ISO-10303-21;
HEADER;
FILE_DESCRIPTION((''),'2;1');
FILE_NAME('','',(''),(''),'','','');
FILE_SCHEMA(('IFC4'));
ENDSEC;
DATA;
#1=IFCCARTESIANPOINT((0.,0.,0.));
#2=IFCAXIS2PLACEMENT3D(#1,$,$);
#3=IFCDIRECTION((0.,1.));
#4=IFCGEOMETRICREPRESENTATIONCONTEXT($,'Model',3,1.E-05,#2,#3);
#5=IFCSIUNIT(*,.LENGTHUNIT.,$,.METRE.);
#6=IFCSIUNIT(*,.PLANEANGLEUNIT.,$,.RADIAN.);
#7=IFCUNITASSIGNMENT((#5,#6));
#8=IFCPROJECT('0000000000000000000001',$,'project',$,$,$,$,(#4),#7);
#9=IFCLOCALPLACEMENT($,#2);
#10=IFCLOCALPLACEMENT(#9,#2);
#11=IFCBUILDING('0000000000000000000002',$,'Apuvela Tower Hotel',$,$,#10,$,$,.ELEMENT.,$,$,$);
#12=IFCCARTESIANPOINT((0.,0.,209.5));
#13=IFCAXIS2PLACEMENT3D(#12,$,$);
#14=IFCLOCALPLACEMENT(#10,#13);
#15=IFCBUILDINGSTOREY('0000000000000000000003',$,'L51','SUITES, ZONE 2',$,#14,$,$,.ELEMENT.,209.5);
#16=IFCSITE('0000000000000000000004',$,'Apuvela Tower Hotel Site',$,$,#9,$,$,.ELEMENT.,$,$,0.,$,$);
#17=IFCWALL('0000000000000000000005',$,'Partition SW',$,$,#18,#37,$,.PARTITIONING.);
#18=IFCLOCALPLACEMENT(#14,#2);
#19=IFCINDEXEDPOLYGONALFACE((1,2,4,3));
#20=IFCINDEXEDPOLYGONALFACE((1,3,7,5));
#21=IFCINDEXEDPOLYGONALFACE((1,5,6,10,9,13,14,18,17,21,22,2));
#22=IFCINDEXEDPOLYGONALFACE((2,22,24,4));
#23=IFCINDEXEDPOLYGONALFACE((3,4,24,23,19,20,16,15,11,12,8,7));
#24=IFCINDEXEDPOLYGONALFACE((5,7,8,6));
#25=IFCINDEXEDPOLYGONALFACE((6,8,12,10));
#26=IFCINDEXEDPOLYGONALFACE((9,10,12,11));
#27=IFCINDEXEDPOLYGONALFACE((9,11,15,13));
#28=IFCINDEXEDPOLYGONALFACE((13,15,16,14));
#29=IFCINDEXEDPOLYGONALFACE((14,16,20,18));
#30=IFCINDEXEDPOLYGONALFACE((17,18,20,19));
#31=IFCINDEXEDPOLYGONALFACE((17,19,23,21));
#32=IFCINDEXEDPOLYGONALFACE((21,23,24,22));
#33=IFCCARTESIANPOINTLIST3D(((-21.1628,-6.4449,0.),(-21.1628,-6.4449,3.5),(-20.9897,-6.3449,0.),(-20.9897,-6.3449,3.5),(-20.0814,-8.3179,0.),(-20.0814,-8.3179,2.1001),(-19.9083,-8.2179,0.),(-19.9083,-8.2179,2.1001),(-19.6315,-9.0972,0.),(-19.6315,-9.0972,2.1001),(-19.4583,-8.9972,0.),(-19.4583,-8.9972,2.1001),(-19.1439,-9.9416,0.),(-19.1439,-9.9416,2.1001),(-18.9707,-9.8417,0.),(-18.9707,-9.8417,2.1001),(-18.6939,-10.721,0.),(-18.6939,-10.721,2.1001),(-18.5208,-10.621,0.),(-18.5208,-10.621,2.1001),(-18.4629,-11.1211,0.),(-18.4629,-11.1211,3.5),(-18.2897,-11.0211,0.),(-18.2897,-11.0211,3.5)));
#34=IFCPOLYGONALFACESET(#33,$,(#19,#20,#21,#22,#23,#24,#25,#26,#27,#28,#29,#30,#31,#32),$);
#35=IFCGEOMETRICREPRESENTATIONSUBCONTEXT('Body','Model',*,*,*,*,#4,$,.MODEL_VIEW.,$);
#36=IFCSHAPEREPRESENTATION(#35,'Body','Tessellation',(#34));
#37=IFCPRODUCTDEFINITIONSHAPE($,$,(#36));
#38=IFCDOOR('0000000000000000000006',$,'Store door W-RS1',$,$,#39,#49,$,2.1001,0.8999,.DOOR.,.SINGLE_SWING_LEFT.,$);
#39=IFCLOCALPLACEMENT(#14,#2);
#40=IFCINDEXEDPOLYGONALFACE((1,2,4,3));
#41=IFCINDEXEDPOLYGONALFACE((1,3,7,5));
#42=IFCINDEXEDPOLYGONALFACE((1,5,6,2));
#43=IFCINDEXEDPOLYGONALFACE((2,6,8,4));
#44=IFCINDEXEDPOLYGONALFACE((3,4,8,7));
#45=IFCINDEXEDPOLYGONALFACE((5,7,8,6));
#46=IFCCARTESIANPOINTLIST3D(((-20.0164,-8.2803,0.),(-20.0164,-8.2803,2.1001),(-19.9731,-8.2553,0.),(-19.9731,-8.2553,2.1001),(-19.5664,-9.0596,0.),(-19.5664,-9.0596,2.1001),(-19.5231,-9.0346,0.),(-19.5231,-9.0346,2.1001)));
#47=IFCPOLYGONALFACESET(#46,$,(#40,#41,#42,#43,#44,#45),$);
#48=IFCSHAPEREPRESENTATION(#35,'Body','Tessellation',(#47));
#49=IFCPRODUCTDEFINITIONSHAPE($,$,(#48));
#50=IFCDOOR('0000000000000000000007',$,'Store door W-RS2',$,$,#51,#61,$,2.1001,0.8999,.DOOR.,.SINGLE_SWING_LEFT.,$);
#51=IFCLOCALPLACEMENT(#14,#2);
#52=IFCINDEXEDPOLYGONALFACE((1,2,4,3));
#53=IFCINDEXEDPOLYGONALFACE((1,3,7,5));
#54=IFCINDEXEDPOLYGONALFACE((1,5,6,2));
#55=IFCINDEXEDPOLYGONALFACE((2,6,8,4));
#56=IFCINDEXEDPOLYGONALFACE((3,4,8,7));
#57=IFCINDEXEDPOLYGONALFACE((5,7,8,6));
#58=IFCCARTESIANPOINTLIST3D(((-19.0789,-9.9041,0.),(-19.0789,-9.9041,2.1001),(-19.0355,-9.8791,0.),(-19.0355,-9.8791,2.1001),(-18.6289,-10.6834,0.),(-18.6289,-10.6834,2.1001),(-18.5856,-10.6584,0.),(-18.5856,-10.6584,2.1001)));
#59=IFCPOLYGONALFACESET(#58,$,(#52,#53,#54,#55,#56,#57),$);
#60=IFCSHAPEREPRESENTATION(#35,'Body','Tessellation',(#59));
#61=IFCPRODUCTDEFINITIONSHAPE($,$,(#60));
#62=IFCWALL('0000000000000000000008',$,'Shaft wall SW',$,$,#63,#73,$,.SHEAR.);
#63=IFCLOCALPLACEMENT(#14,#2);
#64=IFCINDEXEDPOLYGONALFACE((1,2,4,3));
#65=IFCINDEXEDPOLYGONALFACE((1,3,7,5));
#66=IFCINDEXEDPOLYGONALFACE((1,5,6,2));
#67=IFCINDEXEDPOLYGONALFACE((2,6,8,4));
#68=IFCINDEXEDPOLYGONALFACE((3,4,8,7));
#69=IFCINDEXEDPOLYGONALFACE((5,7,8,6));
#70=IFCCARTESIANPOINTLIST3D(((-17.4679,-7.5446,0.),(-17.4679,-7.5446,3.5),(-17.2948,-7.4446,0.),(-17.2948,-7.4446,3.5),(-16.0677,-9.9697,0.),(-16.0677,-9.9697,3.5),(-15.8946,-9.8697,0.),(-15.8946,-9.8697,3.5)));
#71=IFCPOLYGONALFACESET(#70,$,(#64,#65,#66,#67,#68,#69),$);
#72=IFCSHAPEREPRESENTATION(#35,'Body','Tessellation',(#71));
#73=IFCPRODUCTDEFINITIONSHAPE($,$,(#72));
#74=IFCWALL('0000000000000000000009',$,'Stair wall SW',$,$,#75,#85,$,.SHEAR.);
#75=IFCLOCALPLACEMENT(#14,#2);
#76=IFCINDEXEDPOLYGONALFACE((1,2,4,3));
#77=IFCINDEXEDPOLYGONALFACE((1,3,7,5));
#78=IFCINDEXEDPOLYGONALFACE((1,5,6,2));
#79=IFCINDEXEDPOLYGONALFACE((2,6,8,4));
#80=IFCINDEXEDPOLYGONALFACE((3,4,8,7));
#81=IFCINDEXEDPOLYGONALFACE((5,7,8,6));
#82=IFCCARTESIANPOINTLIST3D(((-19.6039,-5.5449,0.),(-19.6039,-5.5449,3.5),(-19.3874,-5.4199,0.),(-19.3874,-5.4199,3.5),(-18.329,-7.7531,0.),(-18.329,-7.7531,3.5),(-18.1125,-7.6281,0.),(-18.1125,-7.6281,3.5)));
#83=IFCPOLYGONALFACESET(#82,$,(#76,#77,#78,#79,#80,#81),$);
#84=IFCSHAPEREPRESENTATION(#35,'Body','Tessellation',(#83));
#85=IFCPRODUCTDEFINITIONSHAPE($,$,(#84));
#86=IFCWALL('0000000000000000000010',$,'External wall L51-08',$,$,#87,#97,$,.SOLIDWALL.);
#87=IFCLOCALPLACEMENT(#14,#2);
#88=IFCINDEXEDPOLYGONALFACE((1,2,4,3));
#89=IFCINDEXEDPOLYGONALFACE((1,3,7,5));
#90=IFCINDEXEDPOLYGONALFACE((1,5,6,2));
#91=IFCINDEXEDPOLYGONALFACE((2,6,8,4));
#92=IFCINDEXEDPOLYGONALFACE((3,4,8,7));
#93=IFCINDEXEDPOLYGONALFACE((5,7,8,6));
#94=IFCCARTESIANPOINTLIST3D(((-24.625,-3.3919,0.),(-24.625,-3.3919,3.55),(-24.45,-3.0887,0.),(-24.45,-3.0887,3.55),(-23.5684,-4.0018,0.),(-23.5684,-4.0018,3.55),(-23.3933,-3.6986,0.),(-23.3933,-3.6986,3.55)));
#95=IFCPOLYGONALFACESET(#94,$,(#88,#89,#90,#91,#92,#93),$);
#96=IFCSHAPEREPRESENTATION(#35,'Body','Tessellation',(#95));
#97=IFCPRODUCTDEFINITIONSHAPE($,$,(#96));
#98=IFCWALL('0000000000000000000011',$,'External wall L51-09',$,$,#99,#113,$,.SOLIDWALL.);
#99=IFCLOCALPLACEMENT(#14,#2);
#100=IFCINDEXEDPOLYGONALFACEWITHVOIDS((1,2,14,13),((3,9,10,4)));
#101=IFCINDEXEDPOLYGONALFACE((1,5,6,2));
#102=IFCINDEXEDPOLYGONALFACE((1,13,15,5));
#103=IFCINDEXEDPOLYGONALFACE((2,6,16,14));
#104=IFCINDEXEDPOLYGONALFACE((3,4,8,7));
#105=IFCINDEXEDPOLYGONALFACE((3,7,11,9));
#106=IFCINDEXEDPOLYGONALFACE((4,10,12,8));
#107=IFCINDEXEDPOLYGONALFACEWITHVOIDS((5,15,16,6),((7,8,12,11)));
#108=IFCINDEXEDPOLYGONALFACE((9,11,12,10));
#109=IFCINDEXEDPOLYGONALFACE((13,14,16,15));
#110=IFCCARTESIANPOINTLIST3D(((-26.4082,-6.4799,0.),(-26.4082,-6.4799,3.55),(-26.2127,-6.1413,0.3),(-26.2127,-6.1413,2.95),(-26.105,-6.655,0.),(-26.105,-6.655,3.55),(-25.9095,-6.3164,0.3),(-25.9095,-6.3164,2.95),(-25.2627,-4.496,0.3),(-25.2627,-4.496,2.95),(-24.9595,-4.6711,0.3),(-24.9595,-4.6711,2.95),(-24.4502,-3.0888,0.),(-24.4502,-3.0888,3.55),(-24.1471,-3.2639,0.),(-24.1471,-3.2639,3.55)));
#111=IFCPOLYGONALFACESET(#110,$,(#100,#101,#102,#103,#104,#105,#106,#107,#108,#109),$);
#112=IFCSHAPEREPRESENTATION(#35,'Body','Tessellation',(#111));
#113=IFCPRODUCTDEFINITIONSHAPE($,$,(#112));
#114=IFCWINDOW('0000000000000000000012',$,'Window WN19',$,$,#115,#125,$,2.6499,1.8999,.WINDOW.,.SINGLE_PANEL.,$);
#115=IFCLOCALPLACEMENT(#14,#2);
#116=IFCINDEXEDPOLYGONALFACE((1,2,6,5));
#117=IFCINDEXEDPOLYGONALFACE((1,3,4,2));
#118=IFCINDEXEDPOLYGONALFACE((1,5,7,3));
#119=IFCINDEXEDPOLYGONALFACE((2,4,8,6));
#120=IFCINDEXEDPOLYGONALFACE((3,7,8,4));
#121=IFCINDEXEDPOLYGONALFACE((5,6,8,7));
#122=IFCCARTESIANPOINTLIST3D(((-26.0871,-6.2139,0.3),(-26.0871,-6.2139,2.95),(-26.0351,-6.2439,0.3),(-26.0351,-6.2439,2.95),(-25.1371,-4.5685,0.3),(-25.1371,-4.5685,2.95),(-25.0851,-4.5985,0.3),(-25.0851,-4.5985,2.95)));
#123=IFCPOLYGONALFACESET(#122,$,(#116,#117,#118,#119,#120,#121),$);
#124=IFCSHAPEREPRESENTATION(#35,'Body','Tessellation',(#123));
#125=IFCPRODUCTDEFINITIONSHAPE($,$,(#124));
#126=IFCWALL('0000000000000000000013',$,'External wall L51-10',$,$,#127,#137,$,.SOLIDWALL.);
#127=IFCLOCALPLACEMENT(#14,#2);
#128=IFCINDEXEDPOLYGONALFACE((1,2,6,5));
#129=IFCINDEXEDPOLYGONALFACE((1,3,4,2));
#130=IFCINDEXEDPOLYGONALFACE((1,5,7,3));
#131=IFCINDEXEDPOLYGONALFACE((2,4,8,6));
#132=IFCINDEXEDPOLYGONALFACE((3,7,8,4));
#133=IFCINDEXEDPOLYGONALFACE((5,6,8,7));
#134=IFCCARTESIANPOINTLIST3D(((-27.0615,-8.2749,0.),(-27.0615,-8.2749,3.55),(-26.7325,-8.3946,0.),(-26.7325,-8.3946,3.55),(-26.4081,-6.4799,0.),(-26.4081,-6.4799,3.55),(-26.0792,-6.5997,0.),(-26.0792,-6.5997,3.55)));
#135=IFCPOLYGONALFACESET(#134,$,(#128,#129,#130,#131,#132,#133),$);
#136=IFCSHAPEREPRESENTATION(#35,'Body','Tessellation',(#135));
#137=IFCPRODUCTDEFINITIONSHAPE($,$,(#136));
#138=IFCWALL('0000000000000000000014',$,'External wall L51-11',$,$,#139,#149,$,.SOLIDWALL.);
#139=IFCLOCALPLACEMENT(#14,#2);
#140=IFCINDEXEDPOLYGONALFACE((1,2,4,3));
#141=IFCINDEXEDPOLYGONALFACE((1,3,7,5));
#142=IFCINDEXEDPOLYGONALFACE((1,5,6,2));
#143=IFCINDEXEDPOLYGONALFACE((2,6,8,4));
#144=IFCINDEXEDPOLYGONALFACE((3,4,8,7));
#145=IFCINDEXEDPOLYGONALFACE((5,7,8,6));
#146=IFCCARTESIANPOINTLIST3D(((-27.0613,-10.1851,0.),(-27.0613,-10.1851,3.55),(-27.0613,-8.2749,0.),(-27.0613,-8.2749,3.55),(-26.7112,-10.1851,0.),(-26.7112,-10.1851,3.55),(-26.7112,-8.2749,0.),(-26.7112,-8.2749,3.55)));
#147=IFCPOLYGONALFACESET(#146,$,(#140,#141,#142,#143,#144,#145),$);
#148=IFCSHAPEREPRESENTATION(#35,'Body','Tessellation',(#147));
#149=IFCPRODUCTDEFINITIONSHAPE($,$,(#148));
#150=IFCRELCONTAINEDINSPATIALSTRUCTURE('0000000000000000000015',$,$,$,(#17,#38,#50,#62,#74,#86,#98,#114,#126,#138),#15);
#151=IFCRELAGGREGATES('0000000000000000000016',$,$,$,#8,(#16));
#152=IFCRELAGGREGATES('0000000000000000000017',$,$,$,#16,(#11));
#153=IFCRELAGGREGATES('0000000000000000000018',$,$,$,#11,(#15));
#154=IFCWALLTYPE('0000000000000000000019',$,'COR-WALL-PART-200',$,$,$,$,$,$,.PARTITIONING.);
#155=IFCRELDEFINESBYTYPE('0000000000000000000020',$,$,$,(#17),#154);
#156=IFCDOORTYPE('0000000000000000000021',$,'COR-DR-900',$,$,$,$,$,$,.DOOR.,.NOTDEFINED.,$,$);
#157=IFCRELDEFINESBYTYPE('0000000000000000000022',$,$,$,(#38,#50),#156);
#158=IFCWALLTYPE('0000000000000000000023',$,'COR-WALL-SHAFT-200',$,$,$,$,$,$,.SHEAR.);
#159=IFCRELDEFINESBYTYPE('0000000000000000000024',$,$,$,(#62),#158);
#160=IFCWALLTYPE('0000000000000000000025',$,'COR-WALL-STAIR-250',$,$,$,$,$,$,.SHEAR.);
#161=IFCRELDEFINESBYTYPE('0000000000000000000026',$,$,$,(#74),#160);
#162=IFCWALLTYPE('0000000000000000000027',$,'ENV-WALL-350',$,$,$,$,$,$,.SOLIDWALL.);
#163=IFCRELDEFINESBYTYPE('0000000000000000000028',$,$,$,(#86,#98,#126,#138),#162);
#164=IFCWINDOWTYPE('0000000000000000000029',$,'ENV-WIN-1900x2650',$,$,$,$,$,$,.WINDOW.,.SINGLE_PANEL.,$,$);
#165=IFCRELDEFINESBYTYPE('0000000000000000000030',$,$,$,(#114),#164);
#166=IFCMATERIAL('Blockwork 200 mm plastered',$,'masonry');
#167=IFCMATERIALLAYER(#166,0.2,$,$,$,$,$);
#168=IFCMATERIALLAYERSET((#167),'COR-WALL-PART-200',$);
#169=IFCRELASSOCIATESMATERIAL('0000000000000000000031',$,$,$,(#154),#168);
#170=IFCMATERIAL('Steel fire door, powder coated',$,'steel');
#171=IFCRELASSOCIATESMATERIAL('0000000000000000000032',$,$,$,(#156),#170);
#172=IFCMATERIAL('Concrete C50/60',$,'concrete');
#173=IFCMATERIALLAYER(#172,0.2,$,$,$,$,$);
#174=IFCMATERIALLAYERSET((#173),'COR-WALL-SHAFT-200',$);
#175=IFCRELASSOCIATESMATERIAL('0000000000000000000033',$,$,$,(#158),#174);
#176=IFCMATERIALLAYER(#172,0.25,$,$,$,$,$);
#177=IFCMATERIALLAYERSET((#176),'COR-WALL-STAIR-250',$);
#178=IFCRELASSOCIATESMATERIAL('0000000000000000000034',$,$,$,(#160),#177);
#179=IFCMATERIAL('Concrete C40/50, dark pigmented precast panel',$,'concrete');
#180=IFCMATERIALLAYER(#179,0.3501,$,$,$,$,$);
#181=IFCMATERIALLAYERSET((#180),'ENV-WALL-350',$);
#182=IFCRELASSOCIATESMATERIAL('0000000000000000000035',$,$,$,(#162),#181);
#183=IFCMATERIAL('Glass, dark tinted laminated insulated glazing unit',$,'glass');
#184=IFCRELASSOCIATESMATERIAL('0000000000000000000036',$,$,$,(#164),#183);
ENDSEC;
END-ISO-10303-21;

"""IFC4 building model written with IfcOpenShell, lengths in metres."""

from ifc_helpers import new_model, si_unit, direction, frame, frame_2d, origin, place, context, subcontext, project, spatial, rectangle, extrude, material, layer, layer_set, type_object, element, fill, save


model = new_model("IFC4")

# Units and contexts
model_context = context("Model", 3, precision=1e-05, world=origin(), true_north=direction((0.0, 1.0)))
body_context = subcontext(model_context, "Body", "Model", "MODEL_VIEW")
ifc_project = project(units=[si_unit("LENGTHUNIT", "METRE"), si_unit("PLANEANGLEUNIT", "RADIAN")], contexts=[model_context])

# Site, building, storey
site_placement = place(None, origin())
site = spatial("IfcSite", under=ifc_project, at=site_placement, Name="Apuvela Tower Hotel Site", CompositionType="ELEMENT", RefElevation=0.0)
building_placement = place(site_placement, origin())
building = spatial("IfcBuilding", under=site, at=building_placement, Name="Apuvela Tower Hotel", CompositionType="ELEMENT")
storey_placement = place(building_placement, frame((0.0, 0.0, 209.5)))
storey = spatial("IfcBuildingStorey", under=building, at=storey_placement, Name="L51", Description="SUITES, ZONE 2", CompositionType="ELEMENT", Elevation=209.5)

# Wall, openings, doors
ifc_material_1 = material(Name="Blockwork 200 mm plastered", Category="masonry")
ifc_layer_1 = layer(ifc_material_1, 0.2)
ifc_layer_set_1 = layer_set([ifc_layer_1], Name="COR-WALL-PART-200")
wall_type_1 = type_object("IfcWallType", Name="COR-WALL-PART-200", PredefinedType="PARTITIONING", material=ifc_layer_set_1)
wall_1_placement = place(storey_placement, frame((-21.0762, -6.395, 0.0), z_axis=(0.0, 0.0, 1.0), x_axis=(0.500015, -0.866017, 0.0)))
wall_1 = element("IfcWall", 1, at=wall_1_placement, inside=storey, type_object=wall_type_1, Name="Partition SW", PredefinedType="PARTITIONING", context=body_context, shape_type="SweptSolid", body=[
    extrude(rectangle(XDim=5.3997, YDim=0.2, at=frame_2d((2.6997, 0.0))), origin(), (0.0, 0.0, 1.0), 3.5),
])
opening_1_placement = place(wall_1_placement, frame((2.1626, 0.0, 0.0)))
opening_1 = element("IfcOpeningElement", 2, at=opening_1_placement, cuts=wall_1, PredefinedType="OPENING", context=body_context, shape_type="SweptSolid", body=[
    extrude(rectangle(XDim=0.8999, YDim=2.1001, at=frame_2d((0.45, 1.05))), frame((0.0, 0.1099, 0.0), z_axis=(0.0, -1.0, 0.0), x_axis=(1.0, 0.0, 0.0)), (0.0, 0.0, 1.0), 0.22),
])
opening_2_placement = place(wall_1_placement, frame((4.0376, 0.0, 0.0)))
opening_2 = element("IfcOpeningElement", 3, at=opening_2_placement, cuts=wall_1, PredefinedType="OPENING", context=body_context, shape_type="SweptSolid", body=[
    extrude(rectangle(XDim=0.8999, YDim=2.1001, at=frame_2d((0.45, 1.05))), frame((0.0, 0.1099, 0.0), z_axis=(0.0, -1.0, 0.0), x_axis=(1.0, 0.0, 0.0)), (0.0, 0.0, 1.0), 0.22),
])
ifc_material_2 = material(Name="Steel fire door, powder coated", Category="steel")
door_type_1 = type_object("IfcDoorType", Name="COR-DR-900", OperationType="NOTDEFINED", PredefinedType="DOOR", material=ifc_material_2)
door_1_placement = place(opening_1_placement, frame((0.8999, 0.0, 0.0), z_axis=(0.0, 0.0, 1.0), x_axis=(-1.0, 0.0, 0.0)))
door_1 = element("IfcDoor", 4, at=door_1_placement, inside=storey, type_object=door_type_1, Name="Store door W-RS1", OperationType="SINGLE_SWING_LEFT", OverallHeight=2.1001, OverallWidth=0.8999, PredefinedType="DOOR", context=body_context, shape_type="SweptSolid", body=[
    extrude(rectangle(XDim=0.8999, YDim=2.1001, at=frame_2d((0.45, 1.05))), frame((0.0, 0.0249, 0.0), z_axis=(0.0, -1.0, 0.0), x_axis=(1.0, 0.0, 0.0)), (0.0, 0.0, 1.0), 0.05),
])
fill(opening_1, door_1)
door_2_placement = place(opening_2_placement, frame((0.8999, 0.0, 0.0), z_axis=(0.0, 0.0, 1.0), x_axis=(-1.0, 0.0, 0.0)))
door_2 = element("IfcDoor", 5, at=door_2_placement, inside=storey, type_object=door_type_1, Name="Store door W-RS2", OperationType="SINGLE_SWING_LEFT", OverallHeight=2.1001, OverallWidth=0.8999, PredefinedType="DOOR", context=body_context, shape_type="SweptSolid", body=[
    extrude(rectangle(XDim=0.8999, YDim=2.1001, at=frame_2d((0.45, 1.05))), frame((0.0, 0.0249, 0.0), z_axis=(0.0, -1.0, 0.0), x_axis=(1.0, 0.0, 0.0)), (0.0, 0.0, 1.0), 0.05),
])
fill(opening_2, door_2)

# Walls
ifc_material_3 = material(Name="Concrete C50/60", Category="concrete")
ifc_layer_2 = layer(ifc_material_3, 0.2)
ifc_layer_set_2 = layer_set([ifc_layer_2], Name="COR-WALL-SHAFT-200")
wall_type_2 = type_object("IfcWallType", Name="COR-WALL-SHAFT-200", PredefinedType="SHEAR", material=ifc_layer_set_2)
wall_2_placement = place(storey_placement, frame((-17.3813, -7.4946, 0.0), z_axis=(0.0, 0.0, 1.0), x_axis=(0.500012, -0.866019, 0.0)))
element("IfcWall", 6, at=wall_2_placement, inside=storey, type_object=wall_type_2, Name="Shaft wall SW", PredefinedType="SHEAR", context=body_context, shape_type="SweptSolid", body=[
    extrude(rectangle(XDim=2.8003, YDim=0.2, at=frame_2d((1.4001, 0.0))), origin(), (0.0, 0.0, 1.0), 3.5),
])
ifc_layer_3 = layer(ifc_material_3, 0.25)
ifc_layer_set_3 = layer_set([ifc_layer_3], Name="COR-WALL-STAIR-250")
wall_type_3 = type_object("IfcWallType", Name="COR-WALL-STAIR-250", PredefinedType="SHEAR", material=ifc_layer_set_3)
wall_3_placement = place(storey_placement, frame((-19.4956, -5.4824, 0.0), z_axis=(0.0, 0.0, 1.0), x_axis=(0.49999, -0.866031, 0.0)))
element("IfcWall", 7, at=wall_3_placement, inside=storey, type_object=wall_type_3, Name="Stair wall SW", PredefinedType="SHEAR", context=body_context, shape_type="SweptSolid", body=[
    extrude(rectangle(XDim=2.5498, YDim=0.25, at=frame_2d((1.2749, 0.0))), origin(), (0.0, 0.0, 1.0), 3.5),
])
ifc_material_4 = material(Name="Concrete C40/50, dark pigmented precast panel", Category="concrete")
ifc_layer_4 = layer(ifc_material_4, 0.3501)
ifc_layer_set_4 = layer_set([ifc_layer_4], Name="ENV-WALL-350")
wall_type_4 = type_object("IfcWallType", Name="ENV-WALL-350", PredefinedType="SOLIDWALL", material=ifc_layer_set_4)
wall_4_placement = place(storey_placement, frame((-23.481, -3.8501, 0.0), z_axis=(0.0, 0.0, 1.0), x_axis=(-0.866092, 0.499884, 0.0)))
element("IfcWall", 8, at=wall_4_placement, inside=storey, type_object=wall_type_4, Name="External wall L51-08", PredefinedType="SOLIDWALL", context=body_context, shape_type="SweptSolid", body=[
    extrude(rectangle(XDim=1.22, YDim=0.3501, at=frame_2d((0.6099, 0.0))), origin(), (0.0, 0.0, 1.0), 3.55),
])

# Wall, opening, window
wall_5_placement = place(storey_placement, frame((-24.2986, -3.1763, 0.0), z_axis=(0.0, 0.0, 1.0), x_axis=(-0.500028, -0.866009, 0.0)))
wall_5 = element("IfcWall", 9, at=wall_5_placement, inside=storey, type_object=wall_type_4, Name="External wall L51-09", PredefinedType="SOLIDWALL", context=body_context, shape_type="SweptSolid", body=[
    extrude(rectangle(XDim=3.9158, YDim=0.3501, at=frame_2d((1.958, 0.0))), origin(), (0.0, 0.0, 1.0), 3.55),
])
opening_3_placement = place(wall_5_placement, frame((1.625, 0.0, 0.3)))
opening_3 = element("IfcOpeningElement", 10, at=opening_3_placement, cuts=wall_5, PredefinedType="OPENING", context=body_context, shape_type="SweptSolid", body=[
    extrude(rectangle(XDim=1.8999, YDim=2.6499, at=frame_2d((0.95, 1.325))), frame((0.0, 0.1851, 0.0), z_axis=(0.0, -1.0, 0.0), x_axis=(1.0, 0.0, 0.0)), (0.0, 0.0, 1.0), 0.3701),
])
ifc_material_5 = material(Name="Glass, dark tinted laminated insulated glazing unit", Category="glass")
window_type = type_object("IfcWindowType", Name="ENV-WIN-1900x2650", PartitioningType="SINGLE_PANEL", PredefinedType="WINDOW", material=ifc_material_5)
window_placement = place(opening_3_placement, origin())
window = element("IfcWindow", 11, at=window_placement, inside=storey, type_object=window_type, Name="Window WN19", OverallHeight=2.6499, OverallWidth=1.8999, PartitioningType="SINGLE_PANEL", PredefinedType="WINDOW", context=body_context, shape_type="SweptSolid", body=[
    extrude(rectangle(XDim=1.8999, YDim=2.6499, at=frame_2d((0.95, 1.325))), frame((0.0, 0.03, 0.0), z_axis=(0.0, -1.0, 0.0), x_axis=(1.0, 0.0, 0.0)), (0.0, 0.0, 1.0), 0.0601),
])
fill(opening_3, window)

# Walls
for number, where, z_axis, x_axis, name in (
    (12, (-26.2437, -6.5398, 0.0), (0.0, 0.0, 1.0), (-0.34203, -0.939689, 0.0), "External wall L51-10"),
    (13, (-26.8862, -8.2749, 0.0), (0.0, 0.0, 1.0), (0.0, -1.0, 0.0), "External wall L51-11"),
):
    element("IfcWall", number, at=place(storey_placement, frame(where, z_axis=z_axis, x_axis=x_axis)), inside=storey, type_object=wall_type_4, Name=name, PredefinedType="SOLIDWALL", context=body_context, shape_type="SweptSolid", body=[
        extrude(rectangle(XDim=1.9102, YDim=0.3501, at=frame_2d((0.9551, 0.0))), origin(), (0.0, 0.0, 1.0), 3.55),
    ])

save(model, "model.ifc")
